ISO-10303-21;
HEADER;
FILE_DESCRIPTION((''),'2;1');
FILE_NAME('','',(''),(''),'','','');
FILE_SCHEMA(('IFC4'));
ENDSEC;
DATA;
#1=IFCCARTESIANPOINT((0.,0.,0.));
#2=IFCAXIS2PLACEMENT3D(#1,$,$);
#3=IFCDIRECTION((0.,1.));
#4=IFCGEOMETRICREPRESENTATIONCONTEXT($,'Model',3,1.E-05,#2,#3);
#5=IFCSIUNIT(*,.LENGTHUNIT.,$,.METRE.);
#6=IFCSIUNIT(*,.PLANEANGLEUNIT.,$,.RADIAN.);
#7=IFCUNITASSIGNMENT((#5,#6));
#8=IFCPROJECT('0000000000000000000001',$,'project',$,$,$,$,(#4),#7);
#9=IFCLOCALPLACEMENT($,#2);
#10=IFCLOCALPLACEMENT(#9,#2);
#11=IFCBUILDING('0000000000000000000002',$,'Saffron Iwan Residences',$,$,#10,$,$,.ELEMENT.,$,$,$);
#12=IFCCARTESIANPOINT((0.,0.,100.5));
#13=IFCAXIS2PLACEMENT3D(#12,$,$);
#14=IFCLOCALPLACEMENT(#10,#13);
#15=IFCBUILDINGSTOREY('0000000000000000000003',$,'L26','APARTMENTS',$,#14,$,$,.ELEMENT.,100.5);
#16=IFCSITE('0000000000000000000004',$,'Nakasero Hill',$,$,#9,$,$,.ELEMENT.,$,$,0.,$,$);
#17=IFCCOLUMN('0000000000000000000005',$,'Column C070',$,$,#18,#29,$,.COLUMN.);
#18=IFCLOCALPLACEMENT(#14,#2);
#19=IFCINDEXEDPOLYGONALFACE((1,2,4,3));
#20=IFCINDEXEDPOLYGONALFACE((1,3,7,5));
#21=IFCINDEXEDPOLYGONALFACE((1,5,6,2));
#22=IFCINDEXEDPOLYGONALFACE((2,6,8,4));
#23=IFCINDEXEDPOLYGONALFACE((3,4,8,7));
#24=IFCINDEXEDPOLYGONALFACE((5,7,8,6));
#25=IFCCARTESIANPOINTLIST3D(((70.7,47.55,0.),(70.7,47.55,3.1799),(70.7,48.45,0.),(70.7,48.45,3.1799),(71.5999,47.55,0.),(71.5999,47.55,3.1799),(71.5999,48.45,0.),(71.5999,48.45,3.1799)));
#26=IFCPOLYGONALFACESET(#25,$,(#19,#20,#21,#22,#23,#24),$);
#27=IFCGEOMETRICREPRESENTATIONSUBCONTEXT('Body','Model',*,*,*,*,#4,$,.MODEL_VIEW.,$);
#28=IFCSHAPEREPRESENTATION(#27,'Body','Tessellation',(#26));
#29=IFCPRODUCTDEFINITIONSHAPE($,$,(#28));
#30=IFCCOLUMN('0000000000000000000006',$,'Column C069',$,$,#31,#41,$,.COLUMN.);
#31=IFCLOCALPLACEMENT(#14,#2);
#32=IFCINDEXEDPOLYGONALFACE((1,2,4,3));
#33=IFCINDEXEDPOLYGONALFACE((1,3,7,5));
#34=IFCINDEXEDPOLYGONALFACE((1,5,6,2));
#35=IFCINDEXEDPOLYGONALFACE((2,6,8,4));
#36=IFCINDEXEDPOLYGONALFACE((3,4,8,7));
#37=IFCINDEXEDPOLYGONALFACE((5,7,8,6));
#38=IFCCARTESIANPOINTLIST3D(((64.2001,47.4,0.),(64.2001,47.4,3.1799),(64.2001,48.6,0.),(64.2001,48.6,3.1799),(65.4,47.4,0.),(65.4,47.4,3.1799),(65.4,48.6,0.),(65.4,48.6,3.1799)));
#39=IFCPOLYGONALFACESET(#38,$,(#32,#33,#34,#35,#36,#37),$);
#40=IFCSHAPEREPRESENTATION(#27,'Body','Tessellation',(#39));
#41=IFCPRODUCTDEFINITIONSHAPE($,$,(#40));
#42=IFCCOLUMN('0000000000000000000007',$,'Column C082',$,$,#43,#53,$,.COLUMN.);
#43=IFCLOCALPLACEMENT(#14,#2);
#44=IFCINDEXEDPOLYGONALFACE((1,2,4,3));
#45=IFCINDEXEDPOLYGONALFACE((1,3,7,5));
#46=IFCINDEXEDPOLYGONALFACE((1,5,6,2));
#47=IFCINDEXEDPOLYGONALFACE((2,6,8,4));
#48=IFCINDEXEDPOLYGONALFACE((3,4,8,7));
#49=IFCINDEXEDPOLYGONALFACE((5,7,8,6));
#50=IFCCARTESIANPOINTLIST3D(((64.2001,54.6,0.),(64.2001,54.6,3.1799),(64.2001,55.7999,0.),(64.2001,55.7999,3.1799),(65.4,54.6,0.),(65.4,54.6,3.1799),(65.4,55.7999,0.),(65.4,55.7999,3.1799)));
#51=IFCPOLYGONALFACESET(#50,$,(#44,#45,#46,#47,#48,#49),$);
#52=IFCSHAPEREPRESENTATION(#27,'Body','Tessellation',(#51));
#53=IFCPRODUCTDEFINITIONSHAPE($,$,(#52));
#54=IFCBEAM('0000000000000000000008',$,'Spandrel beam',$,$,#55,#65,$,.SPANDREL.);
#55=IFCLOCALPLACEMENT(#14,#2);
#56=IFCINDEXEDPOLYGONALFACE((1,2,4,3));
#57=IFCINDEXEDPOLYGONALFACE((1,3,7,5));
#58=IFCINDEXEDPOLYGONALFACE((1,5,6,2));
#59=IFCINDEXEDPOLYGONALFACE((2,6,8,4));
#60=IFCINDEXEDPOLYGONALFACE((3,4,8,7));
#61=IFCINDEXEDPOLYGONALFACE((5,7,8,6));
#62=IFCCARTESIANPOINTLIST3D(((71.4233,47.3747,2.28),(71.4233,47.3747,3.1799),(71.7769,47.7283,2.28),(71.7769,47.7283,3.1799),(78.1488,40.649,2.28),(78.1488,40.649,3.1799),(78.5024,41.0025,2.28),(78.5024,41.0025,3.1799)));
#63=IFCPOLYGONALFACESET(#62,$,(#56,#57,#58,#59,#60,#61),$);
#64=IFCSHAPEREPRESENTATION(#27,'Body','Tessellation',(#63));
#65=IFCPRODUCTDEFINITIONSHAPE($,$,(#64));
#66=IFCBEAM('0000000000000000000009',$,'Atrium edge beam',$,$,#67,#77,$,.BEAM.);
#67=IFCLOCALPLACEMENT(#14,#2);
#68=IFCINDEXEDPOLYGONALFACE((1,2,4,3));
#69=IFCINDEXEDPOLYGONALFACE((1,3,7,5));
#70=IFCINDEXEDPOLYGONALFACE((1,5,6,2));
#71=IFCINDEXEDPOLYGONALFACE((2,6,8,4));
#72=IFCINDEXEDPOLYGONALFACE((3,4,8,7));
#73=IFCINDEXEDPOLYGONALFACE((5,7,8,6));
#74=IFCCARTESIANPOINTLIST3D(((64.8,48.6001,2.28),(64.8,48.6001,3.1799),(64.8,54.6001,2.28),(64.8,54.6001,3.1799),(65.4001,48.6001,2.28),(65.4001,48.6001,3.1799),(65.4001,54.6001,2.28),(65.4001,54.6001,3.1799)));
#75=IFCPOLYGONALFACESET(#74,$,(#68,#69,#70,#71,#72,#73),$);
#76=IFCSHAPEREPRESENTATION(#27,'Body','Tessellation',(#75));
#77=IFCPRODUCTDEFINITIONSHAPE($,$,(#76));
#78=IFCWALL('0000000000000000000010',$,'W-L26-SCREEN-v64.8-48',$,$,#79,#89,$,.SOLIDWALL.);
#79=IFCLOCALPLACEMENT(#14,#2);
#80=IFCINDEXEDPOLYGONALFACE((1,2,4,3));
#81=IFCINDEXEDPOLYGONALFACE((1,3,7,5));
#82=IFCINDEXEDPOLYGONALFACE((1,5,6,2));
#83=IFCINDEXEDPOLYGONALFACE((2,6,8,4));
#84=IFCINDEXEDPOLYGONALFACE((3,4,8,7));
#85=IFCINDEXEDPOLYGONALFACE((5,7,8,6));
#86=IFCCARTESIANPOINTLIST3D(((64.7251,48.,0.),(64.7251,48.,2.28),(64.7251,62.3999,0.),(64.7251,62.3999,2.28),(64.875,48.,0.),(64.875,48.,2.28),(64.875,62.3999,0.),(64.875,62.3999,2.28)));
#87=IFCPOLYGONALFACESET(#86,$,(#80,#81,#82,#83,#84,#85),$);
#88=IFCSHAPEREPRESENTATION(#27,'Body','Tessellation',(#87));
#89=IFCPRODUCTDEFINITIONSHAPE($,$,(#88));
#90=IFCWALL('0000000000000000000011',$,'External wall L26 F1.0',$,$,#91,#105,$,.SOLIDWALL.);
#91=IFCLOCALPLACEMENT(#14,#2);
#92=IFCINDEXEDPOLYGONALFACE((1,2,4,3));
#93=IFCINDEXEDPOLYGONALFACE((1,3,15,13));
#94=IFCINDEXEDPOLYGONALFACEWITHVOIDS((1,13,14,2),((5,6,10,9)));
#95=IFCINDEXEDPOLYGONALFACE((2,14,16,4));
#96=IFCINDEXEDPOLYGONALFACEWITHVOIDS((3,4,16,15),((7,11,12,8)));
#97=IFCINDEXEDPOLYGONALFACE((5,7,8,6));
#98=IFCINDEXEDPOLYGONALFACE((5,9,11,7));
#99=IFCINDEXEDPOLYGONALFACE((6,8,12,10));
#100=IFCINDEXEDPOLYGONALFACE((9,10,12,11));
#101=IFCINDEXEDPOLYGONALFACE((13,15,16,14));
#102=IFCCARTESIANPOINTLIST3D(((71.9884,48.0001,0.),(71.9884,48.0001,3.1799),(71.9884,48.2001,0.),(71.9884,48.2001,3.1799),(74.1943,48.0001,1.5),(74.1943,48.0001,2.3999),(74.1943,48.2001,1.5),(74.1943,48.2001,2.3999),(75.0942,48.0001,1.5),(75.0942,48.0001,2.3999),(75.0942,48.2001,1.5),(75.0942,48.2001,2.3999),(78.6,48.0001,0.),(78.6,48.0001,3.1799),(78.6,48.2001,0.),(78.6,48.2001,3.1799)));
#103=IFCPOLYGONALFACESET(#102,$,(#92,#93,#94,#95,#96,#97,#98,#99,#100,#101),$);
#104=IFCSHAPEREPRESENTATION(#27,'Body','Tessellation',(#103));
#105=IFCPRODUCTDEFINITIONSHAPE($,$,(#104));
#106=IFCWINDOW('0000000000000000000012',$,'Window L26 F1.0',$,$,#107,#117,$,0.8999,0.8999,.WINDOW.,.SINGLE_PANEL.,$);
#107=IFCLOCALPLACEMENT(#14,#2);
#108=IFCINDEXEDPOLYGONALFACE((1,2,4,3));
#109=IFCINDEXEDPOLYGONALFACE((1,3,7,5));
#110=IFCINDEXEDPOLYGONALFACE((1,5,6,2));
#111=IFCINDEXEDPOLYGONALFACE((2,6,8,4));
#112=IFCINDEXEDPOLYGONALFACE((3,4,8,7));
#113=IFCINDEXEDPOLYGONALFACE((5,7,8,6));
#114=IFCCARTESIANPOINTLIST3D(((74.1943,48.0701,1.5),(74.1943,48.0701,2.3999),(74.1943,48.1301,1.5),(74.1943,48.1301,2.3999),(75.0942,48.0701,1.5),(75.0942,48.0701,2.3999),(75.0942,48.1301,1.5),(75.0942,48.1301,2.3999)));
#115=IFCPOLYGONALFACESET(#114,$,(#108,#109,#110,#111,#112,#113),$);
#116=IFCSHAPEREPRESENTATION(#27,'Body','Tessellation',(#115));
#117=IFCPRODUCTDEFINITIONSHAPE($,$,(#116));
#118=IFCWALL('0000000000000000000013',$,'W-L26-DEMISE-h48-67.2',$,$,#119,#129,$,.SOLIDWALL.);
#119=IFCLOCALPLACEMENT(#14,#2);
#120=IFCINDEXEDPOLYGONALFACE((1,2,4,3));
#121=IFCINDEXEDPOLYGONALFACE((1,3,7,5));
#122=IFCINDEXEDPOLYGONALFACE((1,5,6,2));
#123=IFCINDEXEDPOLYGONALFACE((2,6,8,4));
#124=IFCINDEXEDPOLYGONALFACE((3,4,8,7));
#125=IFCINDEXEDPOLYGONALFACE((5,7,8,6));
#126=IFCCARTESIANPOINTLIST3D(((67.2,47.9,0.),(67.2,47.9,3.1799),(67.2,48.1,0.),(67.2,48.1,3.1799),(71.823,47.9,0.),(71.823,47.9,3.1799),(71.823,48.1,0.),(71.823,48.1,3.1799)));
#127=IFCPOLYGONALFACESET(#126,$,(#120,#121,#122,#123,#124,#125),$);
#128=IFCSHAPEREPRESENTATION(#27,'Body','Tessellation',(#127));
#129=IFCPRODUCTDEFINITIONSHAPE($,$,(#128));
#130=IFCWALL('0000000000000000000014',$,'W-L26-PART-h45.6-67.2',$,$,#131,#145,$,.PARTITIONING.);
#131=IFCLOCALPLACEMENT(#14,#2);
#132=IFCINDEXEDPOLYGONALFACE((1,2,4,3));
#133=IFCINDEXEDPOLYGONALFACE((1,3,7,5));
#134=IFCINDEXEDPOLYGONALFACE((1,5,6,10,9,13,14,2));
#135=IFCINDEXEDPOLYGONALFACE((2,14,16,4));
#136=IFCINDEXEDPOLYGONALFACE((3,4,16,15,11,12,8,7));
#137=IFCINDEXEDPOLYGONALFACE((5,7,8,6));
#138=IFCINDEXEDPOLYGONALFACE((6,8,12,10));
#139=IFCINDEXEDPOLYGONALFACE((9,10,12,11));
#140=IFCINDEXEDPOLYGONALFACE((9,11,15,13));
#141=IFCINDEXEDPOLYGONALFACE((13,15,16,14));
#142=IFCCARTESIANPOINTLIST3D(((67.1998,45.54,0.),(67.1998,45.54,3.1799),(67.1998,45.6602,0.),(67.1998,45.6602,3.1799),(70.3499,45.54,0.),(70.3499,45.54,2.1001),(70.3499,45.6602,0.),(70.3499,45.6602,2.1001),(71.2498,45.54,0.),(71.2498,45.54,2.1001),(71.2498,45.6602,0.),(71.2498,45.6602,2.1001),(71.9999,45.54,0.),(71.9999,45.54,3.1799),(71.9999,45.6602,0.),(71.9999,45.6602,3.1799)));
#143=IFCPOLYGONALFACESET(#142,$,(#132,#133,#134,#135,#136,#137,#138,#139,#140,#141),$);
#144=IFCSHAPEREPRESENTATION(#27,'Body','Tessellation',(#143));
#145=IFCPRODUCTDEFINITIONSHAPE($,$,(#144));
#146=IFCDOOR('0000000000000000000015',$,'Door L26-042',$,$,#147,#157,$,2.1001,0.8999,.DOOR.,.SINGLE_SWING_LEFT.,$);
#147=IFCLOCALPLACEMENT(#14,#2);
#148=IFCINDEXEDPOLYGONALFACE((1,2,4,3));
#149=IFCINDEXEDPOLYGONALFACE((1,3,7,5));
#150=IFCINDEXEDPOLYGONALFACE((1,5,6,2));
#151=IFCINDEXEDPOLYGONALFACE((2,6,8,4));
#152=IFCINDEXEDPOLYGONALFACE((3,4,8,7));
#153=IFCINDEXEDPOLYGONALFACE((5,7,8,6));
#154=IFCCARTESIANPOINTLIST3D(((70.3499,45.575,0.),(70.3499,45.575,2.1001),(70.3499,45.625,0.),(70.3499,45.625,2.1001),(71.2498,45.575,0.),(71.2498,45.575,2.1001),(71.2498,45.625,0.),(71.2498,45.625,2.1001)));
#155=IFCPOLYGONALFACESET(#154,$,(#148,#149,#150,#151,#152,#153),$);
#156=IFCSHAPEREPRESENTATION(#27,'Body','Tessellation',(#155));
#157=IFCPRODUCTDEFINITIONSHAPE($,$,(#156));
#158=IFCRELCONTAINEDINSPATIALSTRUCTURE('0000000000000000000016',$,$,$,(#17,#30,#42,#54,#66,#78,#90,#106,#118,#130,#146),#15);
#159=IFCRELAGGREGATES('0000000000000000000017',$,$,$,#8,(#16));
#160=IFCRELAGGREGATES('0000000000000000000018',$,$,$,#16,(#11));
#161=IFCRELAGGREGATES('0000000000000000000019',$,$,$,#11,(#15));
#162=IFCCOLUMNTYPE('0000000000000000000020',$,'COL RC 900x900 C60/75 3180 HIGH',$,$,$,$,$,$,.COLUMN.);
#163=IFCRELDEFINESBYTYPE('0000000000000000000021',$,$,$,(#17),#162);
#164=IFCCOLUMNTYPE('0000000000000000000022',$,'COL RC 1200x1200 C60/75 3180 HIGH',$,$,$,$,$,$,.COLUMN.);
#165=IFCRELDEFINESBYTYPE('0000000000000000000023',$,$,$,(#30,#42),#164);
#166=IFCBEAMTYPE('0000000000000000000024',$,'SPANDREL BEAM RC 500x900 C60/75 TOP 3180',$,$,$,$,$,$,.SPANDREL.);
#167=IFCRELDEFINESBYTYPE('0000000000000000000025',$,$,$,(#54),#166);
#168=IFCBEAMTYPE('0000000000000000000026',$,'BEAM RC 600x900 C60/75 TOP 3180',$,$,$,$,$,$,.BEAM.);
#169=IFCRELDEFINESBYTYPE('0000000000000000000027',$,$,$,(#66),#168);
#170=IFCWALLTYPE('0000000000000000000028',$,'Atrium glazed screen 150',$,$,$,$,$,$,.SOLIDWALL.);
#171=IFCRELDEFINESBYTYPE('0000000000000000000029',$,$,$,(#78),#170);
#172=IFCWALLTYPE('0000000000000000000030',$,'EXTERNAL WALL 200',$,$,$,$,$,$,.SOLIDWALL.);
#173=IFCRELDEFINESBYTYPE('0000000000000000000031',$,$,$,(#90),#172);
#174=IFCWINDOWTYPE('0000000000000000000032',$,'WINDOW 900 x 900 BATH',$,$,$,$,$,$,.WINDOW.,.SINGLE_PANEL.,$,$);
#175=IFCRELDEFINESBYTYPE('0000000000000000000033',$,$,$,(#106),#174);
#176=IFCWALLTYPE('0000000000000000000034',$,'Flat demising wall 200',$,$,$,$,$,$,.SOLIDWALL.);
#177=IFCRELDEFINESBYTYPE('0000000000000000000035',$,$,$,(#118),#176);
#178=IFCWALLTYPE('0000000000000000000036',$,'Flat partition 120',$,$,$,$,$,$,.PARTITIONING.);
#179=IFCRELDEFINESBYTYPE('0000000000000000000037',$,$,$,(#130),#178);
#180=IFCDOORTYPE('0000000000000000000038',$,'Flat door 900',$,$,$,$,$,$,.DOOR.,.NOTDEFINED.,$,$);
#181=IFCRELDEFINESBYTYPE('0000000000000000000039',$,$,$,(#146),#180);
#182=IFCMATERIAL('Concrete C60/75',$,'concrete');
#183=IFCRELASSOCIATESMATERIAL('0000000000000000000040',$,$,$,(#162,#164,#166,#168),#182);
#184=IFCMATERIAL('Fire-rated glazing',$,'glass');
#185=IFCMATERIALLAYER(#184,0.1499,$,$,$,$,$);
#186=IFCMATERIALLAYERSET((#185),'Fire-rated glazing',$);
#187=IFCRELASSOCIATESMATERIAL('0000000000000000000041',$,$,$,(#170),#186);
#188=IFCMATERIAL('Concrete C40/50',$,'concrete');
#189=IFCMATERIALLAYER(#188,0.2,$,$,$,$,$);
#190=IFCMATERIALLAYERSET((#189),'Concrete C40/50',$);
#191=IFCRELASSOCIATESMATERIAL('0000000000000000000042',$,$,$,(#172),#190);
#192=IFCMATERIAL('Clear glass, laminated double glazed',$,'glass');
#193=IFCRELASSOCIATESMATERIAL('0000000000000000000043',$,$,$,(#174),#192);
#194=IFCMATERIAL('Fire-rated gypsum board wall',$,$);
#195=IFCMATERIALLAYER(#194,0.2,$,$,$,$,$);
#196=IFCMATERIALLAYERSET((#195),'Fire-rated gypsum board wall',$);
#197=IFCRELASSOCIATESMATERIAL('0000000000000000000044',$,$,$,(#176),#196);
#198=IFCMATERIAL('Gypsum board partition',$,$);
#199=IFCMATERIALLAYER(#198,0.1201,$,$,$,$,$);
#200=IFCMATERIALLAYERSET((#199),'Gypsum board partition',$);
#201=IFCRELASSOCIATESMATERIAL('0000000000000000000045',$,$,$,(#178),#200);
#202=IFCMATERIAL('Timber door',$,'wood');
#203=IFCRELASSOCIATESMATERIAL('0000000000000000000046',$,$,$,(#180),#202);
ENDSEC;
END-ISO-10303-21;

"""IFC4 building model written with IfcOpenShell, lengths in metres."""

from ifc_helpers import new_model, si_unit, direction, frame, frame_2d, origin, origin_2d, place, context, subcontext, project, spatial, rectangle, extrude, source, transform, mapped, material, layer, layer_set, material_profile, profile_set, type_object, element, fill, save


model = new_model("IFC4")

# Units and contexts
model_context = context("Model", 3, precision=1e-05, world=origin(), true_north=direction((0.0, 1.0)))
body_context = subcontext(model_context, "Body", "Model", "MODEL_VIEW")
ifc_project = project(units=[si_unit("LENGTHUNIT", "METRE"), si_unit("PLANEANGLEUNIT", "RADIAN")], contexts=[model_context])

# Site, building, storey
site_placement = place(None, origin())
site = spatial("IfcSite", under=ifc_project, at=site_placement, Name="Nakasero Hill", CompositionType="ELEMENT", RefElevation=0.0)
building_placement = place(site_placement, origin())
building = spatial("IfcBuilding", under=site, at=building_placement, Name="Saffron Iwan Residences", CompositionType="ELEMENT")
storey_placement = place(building_placement, frame((0.0, 0.0, 100.5)))
storey = spatial("IfcBuildingStorey", under=building, at=storey_placement, Name="L26", Description="APARTMENTS", CompositionType="ELEMENT", Elevation=100.5)

# Columns
ifc_material_1 = material(Name="Concrete C60/75", Category="concrete")
ifc_material_profile_1 = material_profile(ifc_material_1, rectangle(XDim=0.8999, YDim=0.8999, at=origin_2d()), Name="RC 900x900")
ifc_profile_set_1 = profile_set([ifc_material_profile_1], Name="Concrete C60/75")
column_type_1 = type_object("IfcColumnType", Name="COL RC 900x900 C60/75 3180 HIGH", PredefinedType="COLUMN", material=ifc_profile_set_1)
shared_shape_1 = source(origin(), body_context, "Body", "SweptSolid", [
    extrude(rectangle(XDim=0.8999, YDim=0.8999, at=origin_2d()), origin(), (0.0, 0.0, 1.0), 3.1799),
])
column_placement = place(storey_placement, frame((71.1499, 48.0, 0.0), z_axis=(0.0, 0.0, 1.0), x_axis=(1.0, 0.0, 0.0)))
element("IfcColumn", 1, at=column_placement, inside=storey, type_object=column_type_1, Name="Column C070", PredefinedType="COLUMN", context=body_context, shape_type="MappedRepresentation", body=[
    mapped(shared_shape_1, transform((0.0, 0.0, 0.0))),
])
ifc_material_profile_2 = material_profile(ifc_material_1, rectangle(XDim=1.2, YDim=1.2, at=origin_2d()), Name="RC 1200x1200")
ifc_profile_set_2 = profile_set([ifc_material_profile_2], Name="Concrete C60/75")
column_type_2 = type_object("IfcColumnType", Name="COL RC 1200x1200 C60/75 3180 HIGH", PredefinedType="COLUMN", material=ifc_profile_set_2)
shared_shape_2 = source(origin(), body_context, "Body", "SweptSolid", [
    extrude(rectangle(XDim=1.2, YDim=1.2, at=origin_2d()), origin(), (0.0, 0.0, 1.0), 3.1799),
])
for number, where, z_axis, x_axis, name in (
    (2, (64.8, 48.0, 0.0), (0.0, 0.0, 1.0), (1.0, 0.0, 0.0), "Column C069"),
    (3, (64.8, 55.2, 0.0), (0.0, 0.0, 1.0), (1.0, 0.0, 0.0), "Column C082"),
):
    element("IfcColumn", number, at=place(storey_placement, frame(where, z_axis=z_axis, x_axis=x_axis)), inside=storey, type_object=column_type_2, Name=name, PredefinedType="COLUMN", context=body_context, shape_type="MappedRepresentation", body=[
        mapped(shared_shape_2, transform((0.0, 0.0, 0.0))),
    ])

# Beams
ifc_material_profile_3 = material_profile(ifc_material_1, rectangle(XDim=0.5, YDim=0.8999, at=origin_2d()), Name="RC 500x900")
ifc_profile_set_3 = profile_set([ifc_material_profile_3], Name="Concrete C60/75")
beam_type_1 = type_object("IfcBeamType", Name="SPANDREL BEAM RC 500x900 C60/75 TOP 3180", PredefinedType="SPANDREL", material=ifc_profile_set_3)
shared_shape_3 = source(origin(), body_context, "Body", "SweptSolid", [
    extrude(rectangle(XDim=0.5, YDim=0.8999, at=origin_2d()), origin(), (0.0, 0.0, 1.0), 9.5115),
])
beam_1_placement = place(storey_placement, frame((71.6001, 47.5515, 2.73), z_axis=(0.707094, -0.70712, 0.0), x_axis=(0.70712, 0.707094, 0.0)))
element("IfcBeam", 4, at=beam_1_placement, inside=storey, type_object=beam_type_1, Name="Spandrel beam", PredefinedType="SPANDREL", context=body_context, shape_type="MappedRepresentation", body=[
    mapped(shared_shape_3, transform((0.0, 0.0, 0.0))),
])
ifc_material_profile_4 = material_profile(ifc_material_1, rectangle(XDim=0.6001, YDim=0.8999, at=origin_2d()), Name="RC 600x900")
ifc_profile_set_4 = profile_set([ifc_material_profile_4], Name="Concrete C60/75")
beam_type_2 = type_object("IfcBeamType", Name="BEAM RC 600x900 C60/75 TOP 3180", PredefinedType="BEAM", material=ifc_profile_set_4)
shared_shape_4 = source(origin(), body_context, "Body", "SweptSolid", [
    extrude(rectangle(XDim=0.6001, YDim=0.8999, at=origin_2d()), origin(), (0.0, 0.0, 1.0), 6.0),
])
beam_2_placement = place(storey_placement, frame((65.1001, 54.6001, 2.73), z_axis=(0.0, -1.0, 0.0), x_axis=(1.0, 0.0, 0.0)))
element("IfcBeam", 5, at=beam_2_placement, inside=storey, type_object=beam_type_2, Name="Atrium edge beam", PredefinedType="BEAM", context=body_context, shape_type="MappedRepresentation", body=[
    mapped(shared_shape_4, transform((0.0, 0.0, 0.0))),
])

# Wall
ifc_material_2 = material(Name="Fire-rated glazing", Category="glass")
ifc_layer_1 = layer(ifc_material_2, 0.1499)
ifc_layer_set_1 = layer_set([ifc_layer_1], Name="Fire-rated glazing")
wall_type_1 = type_object("IfcWallType", Name="Atrium glazed screen 150", PredefinedType="SOLIDWALL", material=ifc_layer_set_1)
wall_1_placement = place(storey_placement, frame((64.8, 48.0, 0.0), z_axis=(0.0, 0.0, 1.0), x_axis=(0.0, 1.0, 0.0)))
element("IfcWall", 6, at=wall_1_placement, inside=storey, type_object=wall_type_1, Name="W-L26-SCREEN-v64.8-48", PredefinedType="SOLIDWALL", context=body_context, shape_type="SweptSolid", body=[
    extrude(rectangle(XDim=14.3999, YDim=0.1499, at=frame_2d((7.2, 0.0))), origin(), (0.0, 0.0, 1.0), 2.28),
])

# Wall, opening, window
ifc_material_3 = material(Name="Concrete C40/50", Category="concrete")
ifc_layer_2 = layer(ifc_material_3, 0.2)
ifc_layer_set_2 = layer_set([ifc_layer_2], Name="Concrete C40/50")
wall_type_2 = type_object("IfcWallType", Name="EXTERNAL WALL 200", PredefinedType="SOLIDWALL", material=ifc_layer_set_2)
wall_2_placement = place(storey_placement, frame((71.9885, 48.1001, 0.0), z_axis=(0.0, 0.0, 1.0), x_axis=(1.0, 0.0, 0.0)))
wall_2 = element("IfcWall", 7, at=wall_2_placement, inside=storey, type_object=wall_type_2, Name="External wall L26 F1.0", PredefinedType="SOLIDWALL", context=body_context, shape_type="SweptSolid", body=[
    extrude(rectangle(XDim=6.6116, YDim=0.2, at=frame_2d((3.3057, 0.0))), origin(), (0.0, 0.0, 1.0), 3.1799),
])
opening_1_placement = place(wall_2_placement, frame((2.2058, 0.0, 1.5)))
opening_1 = element("IfcOpeningElement", 8, at=opening_1_placement, cuts=wall_2, PredefinedType="OPENING", context=body_context, shape_type="SweptSolid", body=[
    extrude(rectangle(XDim=0.8999, YDim=0.8999, at=frame_2d((0.45, 0.45))), frame((0.0, 0.1099, 0.0), z_axis=(0.0, -1.0, 0.0), x_axis=(1.0, 0.0, 0.0)), (0.0, 0.0, 1.0), 0.22),
])
ifc_material_4 = material(Name="Clear glass, laminated double glazed", Category="glass")
window_type = type_object("IfcWindowType", Name="WINDOW 900 x 900 BATH", PartitioningType="SINGLE_PANEL", PredefinedType="WINDOW", material=ifc_material_4)
window_placement = place(opening_1_placement, origin())
window = element("IfcWindow", 9, at=window_placement, inside=storey, type_object=window_type, Name="Window L26 F1.0", OverallHeight=0.8999, OverallWidth=0.8999, PartitioningType="SINGLE_PANEL", PredefinedType="WINDOW", context=body_context, shape_type="SweptSolid", body=[
    extrude(rectangle(XDim=0.8999, YDim=0.8999, at=frame_2d((0.45, 0.45))), frame((0.0, 0.03, 0.0), z_axis=(0.0, -1.0, 0.0), x_axis=(1.0, 0.0, 0.0)), (0.0, 0.0, 1.0), 0.0601),
])
fill(opening_1, window)

# Wall
ifc_material_5 = material(Name="Fire-rated gypsum board wall")
ifc_layer_3 = layer(ifc_material_5, 0.2)
ifc_layer_set_3 = layer_set([ifc_layer_3], Name="Fire-rated gypsum board wall")
wall_type_3 = type_object("IfcWallType", Name="Flat demising wall 200", PredefinedType="SOLIDWALL", material=ifc_layer_set_3)
wall_3_placement = place(storey_placement, frame((67.2, 48.0, 0.0), z_axis=(0.0, 0.0, 1.0), x_axis=(1.0, 0.0, 0.0)))
element("IfcWall", 10, at=wall_3_placement, inside=storey, type_object=wall_type_3, Name="W-L26-DEMISE-h48-67.2", PredefinedType="SOLIDWALL", context=body_context, shape_type="SweptSolid", body=[
    extrude(rectangle(XDim=4.623, YDim=0.2, at=frame_2d((2.3115, 0.0))), origin(), (0.0, 0.0, 1.0), 3.1799),
])

# Wall, opening, door
ifc_material_6 = material(Name="Gypsum board partition")
ifc_layer_4 = layer(ifc_material_6, 0.1201)
ifc_layer_set_4 = layer_set([ifc_layer_4], Name="Gypsum board partition")
wall_type_4 = type_object("IfcWallType", Name="Flat partition 120", PredefinedType="PARTITIONING", material=ifc_layer_set_4)
wall_4_placement = place(storey_placement, frame((67.2, 45.6001, 0.0), z_axis=(0.0, 0.0, 1.0), x_axis=(1.0, 0.0, 0.0)))
wall_4 = element("IfcWall", 11, at=wall_4_placement, inside=storey, type_object=wall_type_4, Name="W-L26-PART-h45.6-67.2", PredefinedType="PARTITIONING", context=body_context, shape_type="SweptSolid", body=[
    extrude(rectangle(XDim=4.8, YDim=0.1201, at=frame_2d((2.3999, 0.0))), origin(), (0.0, 0.0, 1.0), 3.1799),
])
opening_2_placement = place(wall_4_placement, frame((3.1499, 0.0, 0.0)))
opening_2 = element("IfcOpeningElement", 12, at=opening_2_placement, cuts=wall_4, PredefinedType="OPENING", context=body_context, shape_type="SweptSolid", body=[
    extrude(rectangle(XDim=0.8999, YDim=2.1001, at=frame_2d((0.45, 1.05))), frame((0.0, 0.0701, 0.0), z_axis=(0.0, -1.0, 0.0), x_axis=(1.0, 0.0, 0.0)), (0.0, 0.0, 1.0), 0.1401),
])
ifc_material_7 = material(Name="Timber door", Category="wood")
door_type_1 = type_object("IfcDoorType", Name="Flat door 900", OperationType="NOTDEFINED", PredefinedType="DOOR", material=ifc_material_7)
door_1_placement = place(opening_2_placement, origin())
door_1 = element("IfcDoor", 13, at=door_1_placement, inside=storey, type_object=door_type_1, Name="Door L26-042", OperationType="SINGLE_SWING_LEFT", OverallHeight=2.1001, OverallWidth=0.8999, PredefinedType="DOOR", context=body_context, shape_type="SweptSolid", body=[
    extrude(rectangle(XDim=0.8999, YDim=2.1001, at=frame_2d((0.45, 1.05))), frame((0.0, 0.0249, 0.0), z_axis=(0.0, -1.0, 0.0), x_axis=(1.0, 0.0, 0.0)), (0.0, 0.0, 1.0), 0.05),
])
fill(opening_2, door_1)

save(model, "model.ifc")
